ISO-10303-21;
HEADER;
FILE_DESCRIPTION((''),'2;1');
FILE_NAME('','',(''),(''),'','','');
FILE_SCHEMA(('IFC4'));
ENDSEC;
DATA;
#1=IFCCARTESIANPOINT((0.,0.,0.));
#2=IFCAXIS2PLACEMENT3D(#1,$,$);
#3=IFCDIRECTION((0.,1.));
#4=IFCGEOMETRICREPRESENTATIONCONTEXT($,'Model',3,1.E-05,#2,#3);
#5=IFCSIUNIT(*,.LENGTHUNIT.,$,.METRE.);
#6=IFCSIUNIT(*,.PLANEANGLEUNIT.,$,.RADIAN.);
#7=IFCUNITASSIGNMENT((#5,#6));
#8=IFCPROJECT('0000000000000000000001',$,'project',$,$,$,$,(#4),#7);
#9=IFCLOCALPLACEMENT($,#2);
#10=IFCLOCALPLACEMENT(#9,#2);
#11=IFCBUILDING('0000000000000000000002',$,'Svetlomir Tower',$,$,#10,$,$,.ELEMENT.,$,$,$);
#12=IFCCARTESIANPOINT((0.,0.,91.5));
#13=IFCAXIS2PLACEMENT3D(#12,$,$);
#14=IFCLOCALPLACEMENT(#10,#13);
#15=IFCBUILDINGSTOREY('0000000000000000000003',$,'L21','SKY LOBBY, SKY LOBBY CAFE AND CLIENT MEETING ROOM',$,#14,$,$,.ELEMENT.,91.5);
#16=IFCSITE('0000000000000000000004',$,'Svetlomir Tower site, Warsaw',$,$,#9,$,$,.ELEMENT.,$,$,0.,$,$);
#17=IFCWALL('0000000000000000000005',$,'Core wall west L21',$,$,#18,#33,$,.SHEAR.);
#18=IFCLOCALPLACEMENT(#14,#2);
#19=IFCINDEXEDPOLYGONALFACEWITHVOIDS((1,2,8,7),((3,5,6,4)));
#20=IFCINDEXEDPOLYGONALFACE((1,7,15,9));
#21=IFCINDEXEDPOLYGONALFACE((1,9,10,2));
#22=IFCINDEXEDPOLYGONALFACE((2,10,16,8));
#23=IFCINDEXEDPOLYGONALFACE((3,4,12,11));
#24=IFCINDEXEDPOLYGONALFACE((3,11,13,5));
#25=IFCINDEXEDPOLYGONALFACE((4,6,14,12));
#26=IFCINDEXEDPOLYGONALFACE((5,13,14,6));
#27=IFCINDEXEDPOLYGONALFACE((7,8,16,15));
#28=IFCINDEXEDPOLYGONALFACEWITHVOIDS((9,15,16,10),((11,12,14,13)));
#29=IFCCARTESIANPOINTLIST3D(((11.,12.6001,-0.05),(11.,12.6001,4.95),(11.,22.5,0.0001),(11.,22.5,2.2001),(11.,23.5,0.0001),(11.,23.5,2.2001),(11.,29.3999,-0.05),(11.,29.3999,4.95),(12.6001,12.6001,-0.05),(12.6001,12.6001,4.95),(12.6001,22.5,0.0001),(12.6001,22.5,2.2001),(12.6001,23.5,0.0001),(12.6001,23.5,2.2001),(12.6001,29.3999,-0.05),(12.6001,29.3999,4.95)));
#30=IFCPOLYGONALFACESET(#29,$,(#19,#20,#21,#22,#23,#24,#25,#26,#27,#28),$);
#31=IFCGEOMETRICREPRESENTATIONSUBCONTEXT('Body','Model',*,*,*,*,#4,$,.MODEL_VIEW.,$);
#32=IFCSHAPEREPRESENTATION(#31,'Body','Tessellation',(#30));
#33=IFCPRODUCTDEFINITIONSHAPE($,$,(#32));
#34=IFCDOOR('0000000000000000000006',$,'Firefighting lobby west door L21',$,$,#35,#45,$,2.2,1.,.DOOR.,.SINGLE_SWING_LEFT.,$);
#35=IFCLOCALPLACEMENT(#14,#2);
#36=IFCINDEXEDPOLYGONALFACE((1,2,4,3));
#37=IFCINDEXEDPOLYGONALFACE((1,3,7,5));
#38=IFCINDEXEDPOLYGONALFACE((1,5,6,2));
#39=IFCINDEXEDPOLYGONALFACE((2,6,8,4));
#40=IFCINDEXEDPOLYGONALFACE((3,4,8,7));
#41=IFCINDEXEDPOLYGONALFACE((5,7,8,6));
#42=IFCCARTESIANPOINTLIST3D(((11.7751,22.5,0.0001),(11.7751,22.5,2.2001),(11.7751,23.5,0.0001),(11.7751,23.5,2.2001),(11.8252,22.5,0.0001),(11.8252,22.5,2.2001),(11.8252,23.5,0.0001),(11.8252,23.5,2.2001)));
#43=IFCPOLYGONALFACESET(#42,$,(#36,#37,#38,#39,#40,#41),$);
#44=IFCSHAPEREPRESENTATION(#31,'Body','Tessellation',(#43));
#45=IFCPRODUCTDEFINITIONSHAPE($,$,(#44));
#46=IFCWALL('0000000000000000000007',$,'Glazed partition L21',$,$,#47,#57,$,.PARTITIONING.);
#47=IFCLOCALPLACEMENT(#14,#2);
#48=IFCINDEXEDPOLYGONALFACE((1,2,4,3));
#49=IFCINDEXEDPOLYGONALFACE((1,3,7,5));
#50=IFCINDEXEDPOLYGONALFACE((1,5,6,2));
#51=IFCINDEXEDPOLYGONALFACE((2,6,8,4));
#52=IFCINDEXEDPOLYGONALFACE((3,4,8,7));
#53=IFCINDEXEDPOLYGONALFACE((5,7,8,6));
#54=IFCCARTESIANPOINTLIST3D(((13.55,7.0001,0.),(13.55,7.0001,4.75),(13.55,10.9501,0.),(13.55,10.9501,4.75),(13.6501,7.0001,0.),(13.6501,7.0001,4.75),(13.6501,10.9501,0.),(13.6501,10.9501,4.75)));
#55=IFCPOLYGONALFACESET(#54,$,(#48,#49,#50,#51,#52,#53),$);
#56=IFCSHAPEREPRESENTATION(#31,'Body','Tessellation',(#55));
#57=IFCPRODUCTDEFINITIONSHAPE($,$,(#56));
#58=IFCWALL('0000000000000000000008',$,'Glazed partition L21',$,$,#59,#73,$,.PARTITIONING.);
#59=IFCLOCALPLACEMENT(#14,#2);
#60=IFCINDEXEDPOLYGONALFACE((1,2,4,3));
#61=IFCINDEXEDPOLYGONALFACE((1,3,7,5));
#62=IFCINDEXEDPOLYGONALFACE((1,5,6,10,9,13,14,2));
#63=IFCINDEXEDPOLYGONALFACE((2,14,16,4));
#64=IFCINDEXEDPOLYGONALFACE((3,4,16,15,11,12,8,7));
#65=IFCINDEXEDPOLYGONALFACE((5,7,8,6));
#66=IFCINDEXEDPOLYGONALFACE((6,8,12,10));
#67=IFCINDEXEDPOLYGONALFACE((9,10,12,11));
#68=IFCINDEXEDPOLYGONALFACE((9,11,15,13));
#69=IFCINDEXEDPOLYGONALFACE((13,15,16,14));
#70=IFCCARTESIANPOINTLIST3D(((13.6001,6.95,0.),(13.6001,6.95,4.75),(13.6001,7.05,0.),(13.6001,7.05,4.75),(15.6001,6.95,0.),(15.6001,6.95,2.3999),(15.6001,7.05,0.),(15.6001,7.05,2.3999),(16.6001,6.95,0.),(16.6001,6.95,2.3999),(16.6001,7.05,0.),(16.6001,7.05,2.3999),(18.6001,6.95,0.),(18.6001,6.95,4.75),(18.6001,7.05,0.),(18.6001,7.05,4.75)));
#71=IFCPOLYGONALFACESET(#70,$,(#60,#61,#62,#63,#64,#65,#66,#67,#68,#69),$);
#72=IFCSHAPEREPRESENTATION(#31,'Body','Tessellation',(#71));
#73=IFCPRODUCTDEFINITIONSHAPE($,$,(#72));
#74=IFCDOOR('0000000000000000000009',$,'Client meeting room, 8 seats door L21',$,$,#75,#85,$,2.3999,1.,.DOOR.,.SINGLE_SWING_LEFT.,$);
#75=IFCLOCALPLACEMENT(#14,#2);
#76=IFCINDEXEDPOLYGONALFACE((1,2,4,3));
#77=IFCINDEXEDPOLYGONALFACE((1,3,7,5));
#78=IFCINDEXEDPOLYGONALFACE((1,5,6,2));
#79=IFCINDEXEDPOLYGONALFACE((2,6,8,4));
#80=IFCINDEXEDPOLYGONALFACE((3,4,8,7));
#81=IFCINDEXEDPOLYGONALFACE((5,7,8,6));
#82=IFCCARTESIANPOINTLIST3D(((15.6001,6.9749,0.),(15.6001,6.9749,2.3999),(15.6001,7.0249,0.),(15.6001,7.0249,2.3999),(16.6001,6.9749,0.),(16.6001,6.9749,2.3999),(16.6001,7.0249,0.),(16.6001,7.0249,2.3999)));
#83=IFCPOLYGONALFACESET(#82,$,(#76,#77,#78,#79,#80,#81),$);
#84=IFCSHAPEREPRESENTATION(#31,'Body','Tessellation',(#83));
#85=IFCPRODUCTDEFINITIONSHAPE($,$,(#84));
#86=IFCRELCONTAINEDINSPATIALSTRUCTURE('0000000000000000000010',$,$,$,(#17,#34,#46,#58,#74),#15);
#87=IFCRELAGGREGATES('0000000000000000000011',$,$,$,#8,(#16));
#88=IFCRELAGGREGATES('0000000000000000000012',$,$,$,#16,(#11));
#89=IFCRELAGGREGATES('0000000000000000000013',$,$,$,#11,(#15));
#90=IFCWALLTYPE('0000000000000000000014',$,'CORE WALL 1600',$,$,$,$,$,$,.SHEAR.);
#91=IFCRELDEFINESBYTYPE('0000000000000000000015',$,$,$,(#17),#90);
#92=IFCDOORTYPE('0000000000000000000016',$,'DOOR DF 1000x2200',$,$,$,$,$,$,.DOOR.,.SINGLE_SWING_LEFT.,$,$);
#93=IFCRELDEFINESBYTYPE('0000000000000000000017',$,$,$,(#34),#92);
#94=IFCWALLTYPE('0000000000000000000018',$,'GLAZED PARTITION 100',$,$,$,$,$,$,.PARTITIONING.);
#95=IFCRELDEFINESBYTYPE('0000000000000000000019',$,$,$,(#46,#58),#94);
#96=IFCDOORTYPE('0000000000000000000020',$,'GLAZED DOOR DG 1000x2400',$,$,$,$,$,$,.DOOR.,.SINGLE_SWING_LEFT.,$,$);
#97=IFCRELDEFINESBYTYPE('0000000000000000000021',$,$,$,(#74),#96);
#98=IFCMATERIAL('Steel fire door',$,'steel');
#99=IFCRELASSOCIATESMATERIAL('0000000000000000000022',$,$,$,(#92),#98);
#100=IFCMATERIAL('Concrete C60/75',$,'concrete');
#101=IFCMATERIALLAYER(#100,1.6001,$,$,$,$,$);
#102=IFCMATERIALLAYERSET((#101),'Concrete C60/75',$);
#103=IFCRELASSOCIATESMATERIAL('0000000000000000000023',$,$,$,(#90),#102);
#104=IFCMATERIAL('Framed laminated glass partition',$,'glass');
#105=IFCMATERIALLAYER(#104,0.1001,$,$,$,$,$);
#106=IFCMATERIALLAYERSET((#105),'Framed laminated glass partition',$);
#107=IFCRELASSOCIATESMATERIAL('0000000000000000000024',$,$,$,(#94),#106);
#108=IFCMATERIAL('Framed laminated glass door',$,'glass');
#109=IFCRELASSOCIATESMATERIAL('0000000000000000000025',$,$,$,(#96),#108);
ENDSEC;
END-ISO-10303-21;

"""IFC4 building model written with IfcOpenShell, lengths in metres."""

from ifc_helpers import new_model, si_unit, direction, frame, frame_2d, origin, place, context, subcontext, project, spatial, rectangle, extrude, material, layer, layer_set, type_object, element, fill, save


model = new_model("IFC4")

# Units and contexts
model_context = context("Model", 3, precision=1e-05, world=origin(), true_north=direction((0.0, 1.0)))
body_context = subcontext(model_context, "Body", "Model", "MODEL_VIEW")
ifc_project = project(units=[si_unit("LENGTHUNIT", "METRE"), si_unit("PLANEANGLEUNIT", "RADIAN")], contexts=[model_context])

# Site, building, storey
site_placement = place(None, origin())
site = spatial("IfcSite", under=ifc_project, at=site_placement, Name="Svetlomir Tower site, Warsaw", CompositionType="ELEMENT", RefElevation=0.0)
building_placement = place(site_placement, origin())
building = spatial("IfcBuilding", under=site, at=building_placement, Name="Svetlomir Tower", CompositionType="ELEMENT")
storey_placement = place(building_placement, frame((0.0, 0.0, 91.5)))
storey = spatial("IfcBuildingStorey", under=building, at=storey_placement, Name="L21", Description="SKY LOBBY, SKY LOBBY CAFE AND CLIENT MEETING ROOM", CompositionType="ELEMENT", Elevation=91.5)

# Wall, opening, door
ifc_material_1 = material(Name="Steel fire door", Category="steel")
door_type_1 = type_object("IfcDoorType", Name="DOOR DF 1000x2200", OperationType="SINGLE_SWING_LEFT", PredefinedType="DOOR", material=ifc_material_1)
ifc_material_2 = material(Name="Concrete C60/75", Category="concrete")
ifc_layer_1 = layer(ifc_material_2, 1.6001)
ifc_layer_set_1 = layer_set([ifc_layer_1], Name="Concrete C60/75")
wall_type_1 = type_object("IfcWallType", Name="CORE WALL 1600", PredefinedType="SHEAR", material=ifc_layer_set_1)
wall_1_placement = place(storey_placement, frame((11.8, 12.6001, -0.05), z_axis=(0.0, 0.0, 1.0), x_axis=(0.0, 1.0, 0.0)))
wall_1 = element("IfcWall", 1, at=wall_1_placement, inside=storey, type_object=wall_type_1, Name="Core wall west L21", PredefinedType="SHEAR", context=body_context, shape_type="SweptSolid", body=[
    extrude(rectangle(XDim=16.7998, YDim=1.6001, at=frame_2d((8.3999, 0.0))), origin(), (0.0, 0.0, 1.0), 5.0),
])
opening_1_placement = place(wall_1_placement, frame((9.8999, 0.0, 0.05)))
opening_1 = element("IfcOpeningElement", 2, at=opening_1_placement, cuts=wall_1, PredefinedType="OPENING", context=body_context, shape_type="SweptSolid", body=[
    extrude(rectangle(XDim=1.0, YDim=2.2, at=frame_2d((0.5, 1.1001))), frame((0.0, 0.8101, 0.0), z_axis=(0.0, -1.0, 0.0), x_axis=(1.0, 0.0, 0.0)), (0.0, 0.0, 1.0), 1.6201),
])
door_1_placement = place(opening_1_placement, origin())
door_1 = element("IfcDoor", 3, at=door_1_placement, inside=storey, type_object=door_type_1, Name="Firefighting lobby west door L21", OperationType="SINGLE_SWING_LEFT", OverallHeight=2.2, OverallWidth=1.0, PredefinedType="DOOR", context=body_context, shape_type="SweptSolid", body=[
    extrude(rectangle(XDim=1.0, YDim=2.2, at=frame_2d((0.5, 1.1001))), frame((0.0, 0.0249, 0.0), z_axis=(0.0, -1.0, 0.0), x_axis=(1.0, 0.0, 0.0)), (0.0, 0.0, 1.0), 0.05),
])
fill(opening_1, door_1)

# Wall
ifc_material_3 = material(Name="Framed laminated glass partition", Category="glass")
ifc_layer_2 = layer(ifc_material_3, 0.1001)
ifc_layer_set_2 = layer_set([ifc_layer_2], Name="Framed laminated glass partition")
wall_type_2 = type_object("IfcWallType", Name="GLAZED PARTITION 100", PredefinedType="PARTITIONING", material=ifc_layer_set_2)
wall_2_placement = place(storey_placement, frame((13.6001, 7.0, 0.0), z_axis=(0.0, 0.0, 1.0), x_axis=(0.0, 1.0, 0.0)))
element("IfcWall", 4, at=wall_2_placement, inside=storey, type_object=wall_type_2, Name="Glazed partition L21", PredefinedType="PARTITIONING", context=body_context, shape_type="SweptSolid", body=[
    extrude(rectangle(XDim=3.95, YDim=0.1001, at=frame_2d((1.9751, 0.0))), origin(), (0.0, 0.0, 1.0), 4.75),
])

# Wall, opening, door
wall_3_placement = place(storey_placement, frame((13.6001, 7.0, 0.0), z_axis=(0.0, 0.0, 1.0), x_axis=(1.0, 0.0, 0.0)))
wall_3 = element("IfcWall", 5, at=wall_3_placement, inside=storey, type_object=wall_type_2, Name="Glazed partition L21", PredefinedType="PARTITIONING", context=body_context, shape_type="SweptSolid", body=[
    extrude(rectangle(XDim=5.0, YDim=0.1001, at=frame_2d((2.5, 0.0))), origin(), (0.0, 0.0, 1.0), 4.75),
])
opening_2_placement = place(wall_3_placement, frame((2.0, 0.0, 0.0)))
opening_2 = element("IfcOpeningElement", 6, at=opening_2_placement, cuts=wall_3, PredefinedType="OPENING", context=body_context, shape_type="SweptSolid", body=[
    extrude(rectangle(XDim=1.0, YDim=2.3999, at=frame_2d((0.5, 1.2))), frame((0.0, 0.0601, 0.0), z_axis=(0.0, -1.0, 0.0), x_axis=(1.0, 0.0, 0.0)), (0.0, 0.0, 1.0), 0.1201),
])
ifc_material_4 = material(Name="Framed laminated glass door", Category="glass")
door_type_2 = type_object("IfcDoorType", Name="GLAZED DOOR DG 1000x2400", OperationType="SINGLE_SWING_LEFT", PredefinedType="DOOR", material=ifc_material_4)
door_2_placement = place(opening_2_placement, origin())
door_2 = element("IfcDoor", 7, at=door_2_placement, inside=storey, type_object=door_type_2, Name="Client meeting room, 8 seats door L21", OperationType="SINGLE_SWING_LEFT", OverallHeight=2.3999, OverallWidth=1.0, PredefinedType="DOOR", context=body_context, shape_type="SweptSolid", body=[
    extrude(rectangle(XDim=1.0, YDim=2.3999, at=frame_2d((0.5, 1.2))), frame((0.0, 0.0249, 0.0), z_axis=(0.0, -1.0, 0.0), x_axis=(1.0, 0.0, 0.0)), (0.0, 0.0, 1.0), 0.05),
])
fill(opening_2, door_2)

save(model, "model.ifc")
